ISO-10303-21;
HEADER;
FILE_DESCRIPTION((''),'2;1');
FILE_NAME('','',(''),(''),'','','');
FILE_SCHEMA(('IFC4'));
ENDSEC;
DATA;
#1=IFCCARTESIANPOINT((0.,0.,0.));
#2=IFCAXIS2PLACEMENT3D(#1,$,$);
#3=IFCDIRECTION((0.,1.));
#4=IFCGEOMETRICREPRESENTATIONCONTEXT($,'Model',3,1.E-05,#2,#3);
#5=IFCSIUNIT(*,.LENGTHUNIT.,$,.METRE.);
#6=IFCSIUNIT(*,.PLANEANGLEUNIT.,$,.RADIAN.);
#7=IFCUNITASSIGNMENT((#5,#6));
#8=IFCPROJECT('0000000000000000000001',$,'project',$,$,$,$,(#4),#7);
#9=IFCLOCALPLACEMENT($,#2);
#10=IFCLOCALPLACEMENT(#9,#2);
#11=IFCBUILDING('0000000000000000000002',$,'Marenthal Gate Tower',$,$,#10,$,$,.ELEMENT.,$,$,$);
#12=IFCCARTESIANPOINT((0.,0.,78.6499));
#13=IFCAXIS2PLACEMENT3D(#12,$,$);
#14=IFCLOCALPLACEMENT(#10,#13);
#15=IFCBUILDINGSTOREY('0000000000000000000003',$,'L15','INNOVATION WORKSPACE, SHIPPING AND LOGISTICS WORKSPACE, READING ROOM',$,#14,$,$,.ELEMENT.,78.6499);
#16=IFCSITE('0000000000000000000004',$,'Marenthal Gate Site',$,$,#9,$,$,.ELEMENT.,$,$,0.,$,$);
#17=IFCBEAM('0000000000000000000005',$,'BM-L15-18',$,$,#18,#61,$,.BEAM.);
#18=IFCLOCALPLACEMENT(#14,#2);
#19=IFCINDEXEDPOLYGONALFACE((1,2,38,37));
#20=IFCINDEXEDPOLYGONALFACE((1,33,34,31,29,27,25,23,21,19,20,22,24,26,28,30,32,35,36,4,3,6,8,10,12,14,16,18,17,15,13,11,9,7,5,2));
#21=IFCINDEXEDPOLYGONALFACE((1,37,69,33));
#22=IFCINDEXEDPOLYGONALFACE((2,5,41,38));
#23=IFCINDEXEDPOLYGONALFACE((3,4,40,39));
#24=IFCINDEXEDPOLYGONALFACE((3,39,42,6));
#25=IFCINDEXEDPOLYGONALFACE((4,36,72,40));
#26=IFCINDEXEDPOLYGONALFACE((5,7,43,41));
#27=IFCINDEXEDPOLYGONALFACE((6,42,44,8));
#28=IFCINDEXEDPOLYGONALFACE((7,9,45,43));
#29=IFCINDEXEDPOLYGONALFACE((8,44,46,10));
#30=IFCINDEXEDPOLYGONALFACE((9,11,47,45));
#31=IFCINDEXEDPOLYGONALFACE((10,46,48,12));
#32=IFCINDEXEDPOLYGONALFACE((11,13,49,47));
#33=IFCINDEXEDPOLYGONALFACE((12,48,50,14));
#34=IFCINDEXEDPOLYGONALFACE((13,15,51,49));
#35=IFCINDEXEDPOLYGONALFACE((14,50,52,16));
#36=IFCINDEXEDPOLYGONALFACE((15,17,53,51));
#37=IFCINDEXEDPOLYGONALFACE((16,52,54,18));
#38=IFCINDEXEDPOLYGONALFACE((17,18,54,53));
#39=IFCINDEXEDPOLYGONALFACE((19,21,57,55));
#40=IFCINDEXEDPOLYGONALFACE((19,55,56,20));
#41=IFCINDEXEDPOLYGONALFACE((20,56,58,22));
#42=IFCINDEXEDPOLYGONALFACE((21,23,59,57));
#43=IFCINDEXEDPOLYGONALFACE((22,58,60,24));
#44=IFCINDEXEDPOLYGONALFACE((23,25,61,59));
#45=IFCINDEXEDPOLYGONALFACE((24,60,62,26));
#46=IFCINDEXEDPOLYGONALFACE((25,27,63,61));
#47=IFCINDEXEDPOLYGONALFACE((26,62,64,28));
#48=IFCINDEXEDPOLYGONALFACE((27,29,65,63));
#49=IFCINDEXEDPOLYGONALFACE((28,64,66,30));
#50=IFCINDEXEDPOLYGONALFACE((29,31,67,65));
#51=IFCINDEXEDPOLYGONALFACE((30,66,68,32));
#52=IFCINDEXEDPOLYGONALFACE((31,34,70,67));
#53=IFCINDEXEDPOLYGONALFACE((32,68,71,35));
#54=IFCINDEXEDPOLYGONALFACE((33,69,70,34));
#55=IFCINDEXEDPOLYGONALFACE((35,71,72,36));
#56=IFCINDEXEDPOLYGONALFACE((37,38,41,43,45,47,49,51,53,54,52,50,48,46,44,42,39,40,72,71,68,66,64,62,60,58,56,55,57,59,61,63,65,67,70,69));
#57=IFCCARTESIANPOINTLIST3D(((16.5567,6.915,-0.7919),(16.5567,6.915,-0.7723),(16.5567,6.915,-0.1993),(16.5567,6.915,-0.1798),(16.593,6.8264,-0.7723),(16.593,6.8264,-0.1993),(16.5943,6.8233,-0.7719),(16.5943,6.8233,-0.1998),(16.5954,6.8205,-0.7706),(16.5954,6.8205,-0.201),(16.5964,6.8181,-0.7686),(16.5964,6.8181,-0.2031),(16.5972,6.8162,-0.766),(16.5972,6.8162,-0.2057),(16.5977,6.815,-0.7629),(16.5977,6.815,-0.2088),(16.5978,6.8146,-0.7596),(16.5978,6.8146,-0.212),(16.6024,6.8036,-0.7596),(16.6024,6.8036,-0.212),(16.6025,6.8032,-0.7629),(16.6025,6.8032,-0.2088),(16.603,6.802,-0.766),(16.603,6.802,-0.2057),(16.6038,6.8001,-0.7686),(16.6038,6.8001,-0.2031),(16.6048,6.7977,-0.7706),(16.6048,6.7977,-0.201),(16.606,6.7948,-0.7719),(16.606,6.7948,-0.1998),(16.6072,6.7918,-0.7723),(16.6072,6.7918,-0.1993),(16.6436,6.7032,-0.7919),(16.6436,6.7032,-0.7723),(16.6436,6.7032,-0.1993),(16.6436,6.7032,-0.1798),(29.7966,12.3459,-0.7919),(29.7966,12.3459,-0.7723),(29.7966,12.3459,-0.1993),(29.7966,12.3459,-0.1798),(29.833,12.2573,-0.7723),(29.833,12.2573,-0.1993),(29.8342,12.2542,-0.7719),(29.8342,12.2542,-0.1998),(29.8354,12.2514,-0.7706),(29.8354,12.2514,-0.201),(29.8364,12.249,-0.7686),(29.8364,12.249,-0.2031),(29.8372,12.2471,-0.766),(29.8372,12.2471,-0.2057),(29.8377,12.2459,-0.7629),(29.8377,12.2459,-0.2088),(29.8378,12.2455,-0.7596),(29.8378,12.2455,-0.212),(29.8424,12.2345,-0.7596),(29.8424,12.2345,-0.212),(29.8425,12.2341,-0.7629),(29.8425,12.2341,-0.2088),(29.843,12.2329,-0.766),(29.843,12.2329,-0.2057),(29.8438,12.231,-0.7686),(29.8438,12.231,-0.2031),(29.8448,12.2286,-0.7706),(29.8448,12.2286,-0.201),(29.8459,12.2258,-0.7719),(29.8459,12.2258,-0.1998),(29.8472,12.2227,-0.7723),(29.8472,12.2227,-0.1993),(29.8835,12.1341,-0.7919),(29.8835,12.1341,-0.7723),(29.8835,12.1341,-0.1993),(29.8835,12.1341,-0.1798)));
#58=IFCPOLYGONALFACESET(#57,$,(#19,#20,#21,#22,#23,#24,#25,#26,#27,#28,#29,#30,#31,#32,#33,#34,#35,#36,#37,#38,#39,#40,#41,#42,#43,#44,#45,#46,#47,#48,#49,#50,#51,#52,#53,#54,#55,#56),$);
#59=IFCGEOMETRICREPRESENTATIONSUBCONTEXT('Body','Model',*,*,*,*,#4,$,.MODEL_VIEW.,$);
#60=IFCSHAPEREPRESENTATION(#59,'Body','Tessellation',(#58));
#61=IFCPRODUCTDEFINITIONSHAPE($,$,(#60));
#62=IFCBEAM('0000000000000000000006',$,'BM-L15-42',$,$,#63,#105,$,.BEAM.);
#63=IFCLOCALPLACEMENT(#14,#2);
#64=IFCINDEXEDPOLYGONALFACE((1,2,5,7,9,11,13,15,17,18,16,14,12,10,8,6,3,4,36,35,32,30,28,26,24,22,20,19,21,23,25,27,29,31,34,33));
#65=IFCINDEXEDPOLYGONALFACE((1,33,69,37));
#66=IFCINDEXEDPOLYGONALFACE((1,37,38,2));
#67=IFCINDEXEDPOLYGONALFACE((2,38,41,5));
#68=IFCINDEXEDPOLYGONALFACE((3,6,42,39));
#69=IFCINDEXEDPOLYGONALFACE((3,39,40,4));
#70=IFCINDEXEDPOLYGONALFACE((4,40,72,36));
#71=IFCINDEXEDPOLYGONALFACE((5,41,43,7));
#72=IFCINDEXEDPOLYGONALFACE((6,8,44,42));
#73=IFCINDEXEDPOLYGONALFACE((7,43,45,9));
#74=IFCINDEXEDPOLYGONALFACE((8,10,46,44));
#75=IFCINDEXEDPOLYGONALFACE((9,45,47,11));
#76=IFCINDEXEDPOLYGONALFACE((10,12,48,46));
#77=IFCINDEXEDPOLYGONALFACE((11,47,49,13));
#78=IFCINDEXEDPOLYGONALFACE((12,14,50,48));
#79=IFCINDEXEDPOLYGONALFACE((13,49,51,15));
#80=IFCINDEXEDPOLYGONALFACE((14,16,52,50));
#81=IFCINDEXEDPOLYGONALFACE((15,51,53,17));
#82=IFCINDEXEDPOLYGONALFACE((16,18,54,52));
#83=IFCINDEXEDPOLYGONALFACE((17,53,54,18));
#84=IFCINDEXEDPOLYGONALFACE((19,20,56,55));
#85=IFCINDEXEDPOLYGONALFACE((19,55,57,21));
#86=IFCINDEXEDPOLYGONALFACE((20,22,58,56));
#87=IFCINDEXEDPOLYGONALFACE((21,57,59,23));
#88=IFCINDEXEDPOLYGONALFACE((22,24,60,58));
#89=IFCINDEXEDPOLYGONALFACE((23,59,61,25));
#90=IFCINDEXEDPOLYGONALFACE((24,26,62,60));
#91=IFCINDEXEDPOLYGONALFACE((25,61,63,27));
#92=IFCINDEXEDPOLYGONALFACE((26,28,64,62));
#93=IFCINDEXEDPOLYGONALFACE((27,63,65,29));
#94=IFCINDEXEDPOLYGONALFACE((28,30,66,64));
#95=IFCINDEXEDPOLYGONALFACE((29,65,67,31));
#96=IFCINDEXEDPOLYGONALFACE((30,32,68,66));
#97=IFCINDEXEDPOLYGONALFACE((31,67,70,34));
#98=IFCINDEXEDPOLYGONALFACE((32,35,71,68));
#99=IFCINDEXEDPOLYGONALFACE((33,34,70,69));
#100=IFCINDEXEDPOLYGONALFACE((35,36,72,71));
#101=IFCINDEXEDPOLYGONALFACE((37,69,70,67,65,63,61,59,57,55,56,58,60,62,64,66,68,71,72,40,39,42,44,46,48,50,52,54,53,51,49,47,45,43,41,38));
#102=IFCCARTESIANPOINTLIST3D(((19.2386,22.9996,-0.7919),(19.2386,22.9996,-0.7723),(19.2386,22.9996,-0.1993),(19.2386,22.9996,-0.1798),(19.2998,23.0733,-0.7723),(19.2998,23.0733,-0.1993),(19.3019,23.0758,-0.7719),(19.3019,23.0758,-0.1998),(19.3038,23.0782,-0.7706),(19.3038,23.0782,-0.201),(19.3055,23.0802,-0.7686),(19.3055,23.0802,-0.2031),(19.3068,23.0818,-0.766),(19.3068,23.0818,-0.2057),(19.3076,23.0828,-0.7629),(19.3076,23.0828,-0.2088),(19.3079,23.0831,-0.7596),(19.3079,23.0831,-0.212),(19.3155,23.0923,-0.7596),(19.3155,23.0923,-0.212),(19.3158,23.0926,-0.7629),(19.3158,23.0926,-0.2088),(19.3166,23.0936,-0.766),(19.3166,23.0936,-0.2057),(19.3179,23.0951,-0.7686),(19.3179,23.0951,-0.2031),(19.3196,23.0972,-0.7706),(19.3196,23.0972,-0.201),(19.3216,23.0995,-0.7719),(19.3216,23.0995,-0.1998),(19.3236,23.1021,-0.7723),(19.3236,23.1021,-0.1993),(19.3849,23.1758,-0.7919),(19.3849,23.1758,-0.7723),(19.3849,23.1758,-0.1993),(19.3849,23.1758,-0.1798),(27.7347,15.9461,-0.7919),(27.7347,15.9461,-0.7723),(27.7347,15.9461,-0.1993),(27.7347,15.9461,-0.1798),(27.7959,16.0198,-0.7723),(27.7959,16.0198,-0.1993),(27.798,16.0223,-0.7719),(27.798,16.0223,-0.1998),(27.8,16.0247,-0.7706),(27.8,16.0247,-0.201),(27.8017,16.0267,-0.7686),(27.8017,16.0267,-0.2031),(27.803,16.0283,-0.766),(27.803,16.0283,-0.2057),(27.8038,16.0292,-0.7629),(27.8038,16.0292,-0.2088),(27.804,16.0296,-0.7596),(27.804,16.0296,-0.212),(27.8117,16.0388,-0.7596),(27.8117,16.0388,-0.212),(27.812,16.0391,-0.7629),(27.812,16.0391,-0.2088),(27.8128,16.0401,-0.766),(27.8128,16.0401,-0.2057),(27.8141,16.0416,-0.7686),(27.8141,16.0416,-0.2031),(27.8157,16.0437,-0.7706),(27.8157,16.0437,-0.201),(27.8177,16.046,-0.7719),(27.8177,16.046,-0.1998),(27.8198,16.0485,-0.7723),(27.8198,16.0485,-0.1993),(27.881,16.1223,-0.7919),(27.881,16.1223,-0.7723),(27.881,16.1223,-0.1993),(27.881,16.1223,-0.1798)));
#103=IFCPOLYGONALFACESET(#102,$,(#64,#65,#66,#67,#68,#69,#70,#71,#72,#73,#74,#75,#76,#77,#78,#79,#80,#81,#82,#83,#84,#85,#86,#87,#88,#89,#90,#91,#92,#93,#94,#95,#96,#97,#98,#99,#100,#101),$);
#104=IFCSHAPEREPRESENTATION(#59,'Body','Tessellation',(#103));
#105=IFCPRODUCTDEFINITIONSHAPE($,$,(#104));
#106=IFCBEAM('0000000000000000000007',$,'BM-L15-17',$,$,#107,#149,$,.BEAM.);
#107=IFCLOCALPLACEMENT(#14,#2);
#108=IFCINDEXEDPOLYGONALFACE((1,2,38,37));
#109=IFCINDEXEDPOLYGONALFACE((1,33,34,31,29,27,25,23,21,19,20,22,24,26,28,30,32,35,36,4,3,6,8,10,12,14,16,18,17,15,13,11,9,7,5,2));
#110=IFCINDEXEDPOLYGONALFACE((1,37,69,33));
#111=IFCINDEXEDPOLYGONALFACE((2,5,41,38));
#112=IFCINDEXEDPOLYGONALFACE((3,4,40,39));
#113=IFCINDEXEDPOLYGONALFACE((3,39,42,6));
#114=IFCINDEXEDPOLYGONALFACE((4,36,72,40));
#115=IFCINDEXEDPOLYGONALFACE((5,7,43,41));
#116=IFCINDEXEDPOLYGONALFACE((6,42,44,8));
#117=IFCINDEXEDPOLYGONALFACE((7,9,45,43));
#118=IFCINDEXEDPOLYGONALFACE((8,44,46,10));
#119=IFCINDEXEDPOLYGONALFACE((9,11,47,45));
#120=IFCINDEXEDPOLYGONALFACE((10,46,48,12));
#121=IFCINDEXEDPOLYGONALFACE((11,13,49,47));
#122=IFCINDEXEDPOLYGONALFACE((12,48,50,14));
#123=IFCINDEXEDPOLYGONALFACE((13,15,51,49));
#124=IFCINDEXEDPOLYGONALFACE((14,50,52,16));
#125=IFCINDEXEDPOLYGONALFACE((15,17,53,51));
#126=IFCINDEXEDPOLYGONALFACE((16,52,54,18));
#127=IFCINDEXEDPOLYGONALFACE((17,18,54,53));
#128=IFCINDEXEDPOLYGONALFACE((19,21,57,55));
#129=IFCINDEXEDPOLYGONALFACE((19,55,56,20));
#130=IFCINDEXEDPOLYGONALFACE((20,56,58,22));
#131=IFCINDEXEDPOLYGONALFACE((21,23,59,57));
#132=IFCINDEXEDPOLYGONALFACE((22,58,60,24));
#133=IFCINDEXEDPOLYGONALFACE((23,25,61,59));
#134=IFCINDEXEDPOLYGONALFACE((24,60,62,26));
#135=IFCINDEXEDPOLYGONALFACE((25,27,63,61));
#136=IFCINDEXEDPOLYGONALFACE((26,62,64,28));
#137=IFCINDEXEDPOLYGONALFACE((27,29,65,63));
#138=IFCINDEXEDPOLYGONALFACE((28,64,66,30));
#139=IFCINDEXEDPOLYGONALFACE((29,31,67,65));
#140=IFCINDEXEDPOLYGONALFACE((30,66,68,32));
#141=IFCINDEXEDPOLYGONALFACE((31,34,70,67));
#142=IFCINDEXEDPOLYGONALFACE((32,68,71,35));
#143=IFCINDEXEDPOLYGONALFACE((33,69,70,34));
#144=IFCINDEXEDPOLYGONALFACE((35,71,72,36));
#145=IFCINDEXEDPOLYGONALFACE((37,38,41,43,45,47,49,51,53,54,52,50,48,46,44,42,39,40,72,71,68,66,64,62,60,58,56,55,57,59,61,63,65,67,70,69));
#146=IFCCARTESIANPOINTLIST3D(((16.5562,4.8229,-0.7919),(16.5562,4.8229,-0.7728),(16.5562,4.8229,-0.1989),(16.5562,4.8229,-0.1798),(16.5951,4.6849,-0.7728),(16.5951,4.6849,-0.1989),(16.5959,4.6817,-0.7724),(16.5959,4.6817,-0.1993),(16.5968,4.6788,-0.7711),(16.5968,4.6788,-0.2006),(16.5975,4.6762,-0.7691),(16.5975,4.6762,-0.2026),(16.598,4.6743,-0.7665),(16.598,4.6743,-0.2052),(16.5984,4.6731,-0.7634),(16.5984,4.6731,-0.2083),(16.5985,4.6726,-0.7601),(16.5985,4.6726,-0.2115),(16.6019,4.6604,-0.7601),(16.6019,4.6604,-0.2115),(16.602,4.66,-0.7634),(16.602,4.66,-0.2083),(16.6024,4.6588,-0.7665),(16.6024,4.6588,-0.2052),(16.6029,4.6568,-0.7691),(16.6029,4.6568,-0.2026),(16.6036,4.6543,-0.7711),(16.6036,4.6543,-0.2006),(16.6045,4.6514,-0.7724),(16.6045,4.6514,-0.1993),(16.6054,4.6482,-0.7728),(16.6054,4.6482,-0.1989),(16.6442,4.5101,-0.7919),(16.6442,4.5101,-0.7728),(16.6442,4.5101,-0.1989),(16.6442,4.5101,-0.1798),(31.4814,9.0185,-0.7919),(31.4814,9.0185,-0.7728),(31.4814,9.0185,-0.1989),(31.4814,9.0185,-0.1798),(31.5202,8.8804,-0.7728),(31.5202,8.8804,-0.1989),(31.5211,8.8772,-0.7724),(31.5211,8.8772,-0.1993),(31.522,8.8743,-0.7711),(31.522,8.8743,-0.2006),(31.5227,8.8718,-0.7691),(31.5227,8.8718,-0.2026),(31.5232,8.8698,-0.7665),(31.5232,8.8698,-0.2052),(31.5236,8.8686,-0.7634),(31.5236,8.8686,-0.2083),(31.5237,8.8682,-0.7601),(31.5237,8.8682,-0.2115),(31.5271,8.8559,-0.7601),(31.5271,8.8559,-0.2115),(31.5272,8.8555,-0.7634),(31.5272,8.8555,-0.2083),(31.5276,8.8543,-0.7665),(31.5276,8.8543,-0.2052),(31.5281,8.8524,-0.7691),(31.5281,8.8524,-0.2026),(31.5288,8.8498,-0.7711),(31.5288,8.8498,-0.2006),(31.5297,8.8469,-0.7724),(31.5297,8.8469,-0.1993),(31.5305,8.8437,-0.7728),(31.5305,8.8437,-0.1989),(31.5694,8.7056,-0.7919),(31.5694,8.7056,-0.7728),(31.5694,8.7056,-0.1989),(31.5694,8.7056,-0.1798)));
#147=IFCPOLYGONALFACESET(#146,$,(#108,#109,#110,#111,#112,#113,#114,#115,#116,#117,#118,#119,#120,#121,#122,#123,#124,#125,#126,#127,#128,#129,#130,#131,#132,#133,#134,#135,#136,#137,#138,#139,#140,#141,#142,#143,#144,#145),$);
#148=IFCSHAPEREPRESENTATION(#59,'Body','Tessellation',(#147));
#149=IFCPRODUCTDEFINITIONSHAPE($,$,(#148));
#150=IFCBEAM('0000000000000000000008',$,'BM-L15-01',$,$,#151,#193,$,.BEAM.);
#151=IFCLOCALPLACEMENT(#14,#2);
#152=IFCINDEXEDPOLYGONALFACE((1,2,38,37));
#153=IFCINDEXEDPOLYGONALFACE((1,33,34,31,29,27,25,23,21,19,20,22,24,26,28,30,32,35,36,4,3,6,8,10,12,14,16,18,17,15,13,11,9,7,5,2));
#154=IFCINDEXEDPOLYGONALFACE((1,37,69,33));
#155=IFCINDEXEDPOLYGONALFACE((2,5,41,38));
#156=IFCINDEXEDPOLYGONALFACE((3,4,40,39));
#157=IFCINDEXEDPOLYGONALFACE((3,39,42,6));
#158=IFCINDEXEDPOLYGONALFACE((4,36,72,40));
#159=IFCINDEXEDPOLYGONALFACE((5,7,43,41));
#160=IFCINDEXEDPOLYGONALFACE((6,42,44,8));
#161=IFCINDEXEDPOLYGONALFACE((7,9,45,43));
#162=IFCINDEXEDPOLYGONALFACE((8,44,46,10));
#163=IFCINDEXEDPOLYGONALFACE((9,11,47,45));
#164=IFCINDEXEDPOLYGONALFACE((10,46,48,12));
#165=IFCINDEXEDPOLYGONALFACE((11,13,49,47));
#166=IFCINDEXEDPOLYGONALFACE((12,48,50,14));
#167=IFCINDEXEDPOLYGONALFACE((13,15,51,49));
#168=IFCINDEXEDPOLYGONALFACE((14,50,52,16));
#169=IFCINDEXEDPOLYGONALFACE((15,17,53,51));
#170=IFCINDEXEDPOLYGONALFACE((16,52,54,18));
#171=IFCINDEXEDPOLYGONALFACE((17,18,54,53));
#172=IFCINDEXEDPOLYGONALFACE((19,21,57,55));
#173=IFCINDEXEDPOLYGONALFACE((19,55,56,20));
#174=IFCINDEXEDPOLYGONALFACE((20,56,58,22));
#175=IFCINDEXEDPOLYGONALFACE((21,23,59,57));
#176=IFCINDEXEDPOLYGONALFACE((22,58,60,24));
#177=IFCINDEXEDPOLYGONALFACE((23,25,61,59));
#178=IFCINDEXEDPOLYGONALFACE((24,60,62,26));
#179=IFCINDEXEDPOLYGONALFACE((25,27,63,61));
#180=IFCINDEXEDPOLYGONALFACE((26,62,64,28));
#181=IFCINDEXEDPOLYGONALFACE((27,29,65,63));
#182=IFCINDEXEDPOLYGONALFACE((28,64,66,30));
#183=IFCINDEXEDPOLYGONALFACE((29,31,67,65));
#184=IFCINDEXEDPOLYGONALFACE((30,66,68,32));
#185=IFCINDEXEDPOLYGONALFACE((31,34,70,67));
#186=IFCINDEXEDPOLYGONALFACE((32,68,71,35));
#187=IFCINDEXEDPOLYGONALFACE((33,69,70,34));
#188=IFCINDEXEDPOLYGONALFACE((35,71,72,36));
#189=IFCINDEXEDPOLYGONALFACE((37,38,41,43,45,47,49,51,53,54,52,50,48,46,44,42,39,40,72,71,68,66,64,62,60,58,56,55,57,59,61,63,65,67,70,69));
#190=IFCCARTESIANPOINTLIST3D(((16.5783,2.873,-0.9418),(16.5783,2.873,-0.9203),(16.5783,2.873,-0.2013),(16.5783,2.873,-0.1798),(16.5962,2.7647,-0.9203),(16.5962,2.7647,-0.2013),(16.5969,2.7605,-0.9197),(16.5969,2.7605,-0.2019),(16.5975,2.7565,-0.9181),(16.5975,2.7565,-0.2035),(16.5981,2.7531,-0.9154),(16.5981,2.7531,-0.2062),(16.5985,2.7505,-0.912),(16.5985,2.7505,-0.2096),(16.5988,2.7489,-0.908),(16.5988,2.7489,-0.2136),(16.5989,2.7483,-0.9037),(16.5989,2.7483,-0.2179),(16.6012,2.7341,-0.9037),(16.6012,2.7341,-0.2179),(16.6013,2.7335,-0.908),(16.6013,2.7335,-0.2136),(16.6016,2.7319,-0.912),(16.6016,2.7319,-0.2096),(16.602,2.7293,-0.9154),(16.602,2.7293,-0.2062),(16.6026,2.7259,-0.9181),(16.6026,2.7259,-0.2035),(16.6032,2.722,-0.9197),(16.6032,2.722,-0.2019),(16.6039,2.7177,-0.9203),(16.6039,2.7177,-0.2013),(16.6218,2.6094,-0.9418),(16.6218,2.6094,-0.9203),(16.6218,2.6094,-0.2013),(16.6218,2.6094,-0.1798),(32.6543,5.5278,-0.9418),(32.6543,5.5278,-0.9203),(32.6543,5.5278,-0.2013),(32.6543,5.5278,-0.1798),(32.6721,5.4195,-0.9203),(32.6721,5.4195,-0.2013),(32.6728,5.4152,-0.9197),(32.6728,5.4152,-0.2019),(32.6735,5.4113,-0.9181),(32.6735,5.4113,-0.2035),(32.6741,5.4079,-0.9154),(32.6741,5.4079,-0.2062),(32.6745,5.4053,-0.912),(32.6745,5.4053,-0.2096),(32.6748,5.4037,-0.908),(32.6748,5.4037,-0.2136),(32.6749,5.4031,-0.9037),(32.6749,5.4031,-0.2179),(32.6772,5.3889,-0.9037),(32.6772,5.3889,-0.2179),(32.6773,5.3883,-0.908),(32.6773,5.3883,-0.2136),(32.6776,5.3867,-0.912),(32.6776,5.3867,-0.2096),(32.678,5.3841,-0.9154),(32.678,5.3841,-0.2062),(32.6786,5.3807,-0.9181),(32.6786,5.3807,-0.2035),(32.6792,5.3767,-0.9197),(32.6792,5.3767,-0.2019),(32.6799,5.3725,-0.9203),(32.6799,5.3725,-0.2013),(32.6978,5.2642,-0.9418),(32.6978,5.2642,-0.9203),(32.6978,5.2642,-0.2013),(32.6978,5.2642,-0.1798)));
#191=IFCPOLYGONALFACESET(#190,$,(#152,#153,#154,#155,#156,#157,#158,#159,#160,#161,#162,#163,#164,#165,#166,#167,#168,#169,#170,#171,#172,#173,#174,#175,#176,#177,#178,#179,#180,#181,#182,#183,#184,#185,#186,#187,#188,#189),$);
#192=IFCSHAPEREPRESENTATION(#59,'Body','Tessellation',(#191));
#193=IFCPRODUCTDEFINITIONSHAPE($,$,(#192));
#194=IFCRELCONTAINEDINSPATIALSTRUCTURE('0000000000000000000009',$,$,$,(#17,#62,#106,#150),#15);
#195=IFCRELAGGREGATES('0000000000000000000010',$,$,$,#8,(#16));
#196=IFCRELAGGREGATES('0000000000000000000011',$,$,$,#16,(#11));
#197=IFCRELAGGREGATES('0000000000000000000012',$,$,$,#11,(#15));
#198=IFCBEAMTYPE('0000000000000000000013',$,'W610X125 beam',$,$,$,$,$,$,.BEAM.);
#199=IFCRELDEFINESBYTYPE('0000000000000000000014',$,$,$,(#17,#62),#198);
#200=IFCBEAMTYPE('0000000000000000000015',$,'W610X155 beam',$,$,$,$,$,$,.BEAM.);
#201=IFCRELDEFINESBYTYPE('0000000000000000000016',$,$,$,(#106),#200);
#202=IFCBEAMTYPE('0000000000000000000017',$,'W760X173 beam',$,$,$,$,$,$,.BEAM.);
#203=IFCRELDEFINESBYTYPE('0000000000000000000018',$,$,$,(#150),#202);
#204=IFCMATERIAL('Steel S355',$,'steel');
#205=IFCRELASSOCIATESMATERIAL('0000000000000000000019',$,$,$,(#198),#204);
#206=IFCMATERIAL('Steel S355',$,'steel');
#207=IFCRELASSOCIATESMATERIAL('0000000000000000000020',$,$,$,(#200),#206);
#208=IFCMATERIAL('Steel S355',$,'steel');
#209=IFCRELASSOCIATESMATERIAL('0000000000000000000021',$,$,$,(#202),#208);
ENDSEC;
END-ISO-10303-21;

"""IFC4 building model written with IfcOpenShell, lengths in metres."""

from ifc_helpers import new_model, si_unit, direction, frame, origin, origin_2d, place, context, subcontext, project, spatial, i_section, extrude, material, material_profile, profile_set, type_object, element, save


model = new_model("IFC4")

# Units and contexts
model_context = context("Model", 3, precision=1e-05, world=origin(), true_north=direction((0.0, 1.0)))
body_context = subcontext(model_context, "Body", "Model", "MODEL_VIEW")
ifc_project = project(units=[si_unit("LENGTHUNIT", "METRE"), si_unit("PLANEANGLEUNIT", "RADIAN")], contexts=[model_context])

# Site, building, storey
site_placement = place(None, origin())
site = spatial("IfcSite", under=ifc_project, at=site_placement, Name="Marenthal Gate Site", CompositionType="ELEMENT", RefElevation=0.0)
building_placement = place(site_placement, origin())
building = spatial("IfcBuilding", under=site, at=building_placement, Name="Marenthal Gate Tower", CompositionType="ELEMENT")
storey_placement = place(building_placement, frame((0.0, 0.0, 78.6499)))
storey = spatial("IfcBuildingStorey", under=building, at=storey_placement, Name="L15", Description="INNOVATION WORKSPACE, SHIPPING AND LOGISTICS WORKSPACE, READING ROOM", CompositionType="ELEMENT", Elevation=78.6499)

# Beams
ifc_material_1 = material(Name="Steel S355", Category="steel")
ifc_material_profile_1 = material_profile(ifc_material_1, i_section(OverallWidth=0.229, OverallDepth=0.6121, WebThickness=0.012, FlangeThickness=0.0195, FilletRadius=0.0127, at=origin_2d()), Name="W610X125")
ifc_profile_set_1 = profile_set([ifc_material_profile_1], Name="Steel S355")
beam_type_1 = type_object("IfcBeamType", Name="W610X125 beam", PredefinedType="BEAM", material=ifc_profile_set_1)
beam_1_placement = place(storey_placement, frame((29.8401, 12.24, -0.4858), z_axis=(-0.92519, -0.379504, 0.0), x_axis=(0.379504, -0.92519, 0.0)))
element("IfcBeam", 1, at=beam_1_placement, inside=storey, type_object=beam_type_1, Name="BM-L15-18", PredefinedType="BEAM", context=body_context, shape_type="SweptSolid", body=[
    extrude(i_section(OverallWidth=0.229, OverallDepth=0.6121, WebThickness=0.012, FlangeThickness=0.0195, FilletRadius=0.0127, at=origin_2d()), origin(), (0.0, 0.0, 1.0), 14.3105),
])
beam_2_placement = place(storey_placement, frame((27.8079, 16.0342, -0.4858), z_axis=(-0.769405, 0.638761, 0.0), x_axis=(-0.638761, -0.769405, 0.0)))
element("IfcBeam", 2, at=beam_2_placement, inside=storey, type_object=beam_type_1, Name="BM-L15-42", PredefinedType="BEAM", context=body_context, shape_type="SweptSolid", body=[
    extrude(i_section(OverallWidth=0.229, OverallDepth=0.6121, WebThickness=0.012, FlangeThickness=0.0195, FilletRadius=0.0127, at=origin_2d()), origin(), (0.0, 0.0, 1.0), 11.0425),
])
ifc_material_2 = material(Name="Steel S355", Category="steel")
ifc_material_profile_2 = material_profile(ifc_material_2, i_section(OverallWidth=0.325, OverallDepth=0.6121, WebThickness=0.0127, FlangeThickness=0.019, FilletRadius=0.0127, at=origin_2d()), Name="W610X155")
ifc_profile_set_2 = profile_set([ifc_material_profile_2], Name="Steel S355")
beam_type_2 = type_object("IfcBeamType", Name="W610X155 beam", PredefinedType="BEAM", material=ifc_profile_set_2)
beam_3_placement = place(storey_placement, frame((31.5254, 8.8621, -0.4858), z_axis=(-0.962688, -0.270615, 0.0), x_axis=(0.270615, -0.962688, 0.0)))
element("IfcBeam", 3, at=beam_3_placement, inside=storey, type_object=beam_type_2, Name="BM-L15-17", PredefinedType="BEAM", context=body_context, shape_type="SweptSolid", body=[
    extrude(i_section(OverallWidth=0.325, OverallDepth=0.6121, WebThickness=0.0127, FlangeThickness=0.019, FilletRadius=0.0127, at=origin_2d()), origin(), (0.0, 0.0, 1.0), 15.5037),
])
ifc_material_3 = material(Name="Steel S355", Category="steel")
ifc_material_profile_3 = material_profile(ifc_material_3, i_section(OverallWidth=0.2671, OverallDepth=0.762, WebThickness=0.0144, FlangeThickness=0.0215, FilletRadius=0.0166, at=origin_2d()), Name="W760X173")
ifc_profile_set_3 = profile_set([ifc_material_profile_3], Name="Steel S355")
beam_type_3 = type_object("IfcBeamType", Name="W760X173 beam", PredefinedType="BEAM", material=ifc_profile_set_3)
beam_4_placement = place(storey_placement, frame((32.676, 5.396, -0.5608), z_axis=(-0.986637, -0.162934, 0.0), x_axis=(0.162934, -0.986637, 0.0)))
element("IfcBeam", 4, at=beam_4_placement, inside=storey, type_object=beam_type_3, Name="BM-L15-01", PredefinedType="BEAM", context=body_context, shape_type="SweptSolid", body=[
    extrude(i_section(OverallWidth=0.2671, OverallDepth=0.762, WebThickness=0.0144, FlangeThickness=0.0215, FilletRadius=0.0166, at=origin_2d()), origin(), (0.0, 0.0, 1.0), 16.2937),
])

save(model, "model.ifc")
